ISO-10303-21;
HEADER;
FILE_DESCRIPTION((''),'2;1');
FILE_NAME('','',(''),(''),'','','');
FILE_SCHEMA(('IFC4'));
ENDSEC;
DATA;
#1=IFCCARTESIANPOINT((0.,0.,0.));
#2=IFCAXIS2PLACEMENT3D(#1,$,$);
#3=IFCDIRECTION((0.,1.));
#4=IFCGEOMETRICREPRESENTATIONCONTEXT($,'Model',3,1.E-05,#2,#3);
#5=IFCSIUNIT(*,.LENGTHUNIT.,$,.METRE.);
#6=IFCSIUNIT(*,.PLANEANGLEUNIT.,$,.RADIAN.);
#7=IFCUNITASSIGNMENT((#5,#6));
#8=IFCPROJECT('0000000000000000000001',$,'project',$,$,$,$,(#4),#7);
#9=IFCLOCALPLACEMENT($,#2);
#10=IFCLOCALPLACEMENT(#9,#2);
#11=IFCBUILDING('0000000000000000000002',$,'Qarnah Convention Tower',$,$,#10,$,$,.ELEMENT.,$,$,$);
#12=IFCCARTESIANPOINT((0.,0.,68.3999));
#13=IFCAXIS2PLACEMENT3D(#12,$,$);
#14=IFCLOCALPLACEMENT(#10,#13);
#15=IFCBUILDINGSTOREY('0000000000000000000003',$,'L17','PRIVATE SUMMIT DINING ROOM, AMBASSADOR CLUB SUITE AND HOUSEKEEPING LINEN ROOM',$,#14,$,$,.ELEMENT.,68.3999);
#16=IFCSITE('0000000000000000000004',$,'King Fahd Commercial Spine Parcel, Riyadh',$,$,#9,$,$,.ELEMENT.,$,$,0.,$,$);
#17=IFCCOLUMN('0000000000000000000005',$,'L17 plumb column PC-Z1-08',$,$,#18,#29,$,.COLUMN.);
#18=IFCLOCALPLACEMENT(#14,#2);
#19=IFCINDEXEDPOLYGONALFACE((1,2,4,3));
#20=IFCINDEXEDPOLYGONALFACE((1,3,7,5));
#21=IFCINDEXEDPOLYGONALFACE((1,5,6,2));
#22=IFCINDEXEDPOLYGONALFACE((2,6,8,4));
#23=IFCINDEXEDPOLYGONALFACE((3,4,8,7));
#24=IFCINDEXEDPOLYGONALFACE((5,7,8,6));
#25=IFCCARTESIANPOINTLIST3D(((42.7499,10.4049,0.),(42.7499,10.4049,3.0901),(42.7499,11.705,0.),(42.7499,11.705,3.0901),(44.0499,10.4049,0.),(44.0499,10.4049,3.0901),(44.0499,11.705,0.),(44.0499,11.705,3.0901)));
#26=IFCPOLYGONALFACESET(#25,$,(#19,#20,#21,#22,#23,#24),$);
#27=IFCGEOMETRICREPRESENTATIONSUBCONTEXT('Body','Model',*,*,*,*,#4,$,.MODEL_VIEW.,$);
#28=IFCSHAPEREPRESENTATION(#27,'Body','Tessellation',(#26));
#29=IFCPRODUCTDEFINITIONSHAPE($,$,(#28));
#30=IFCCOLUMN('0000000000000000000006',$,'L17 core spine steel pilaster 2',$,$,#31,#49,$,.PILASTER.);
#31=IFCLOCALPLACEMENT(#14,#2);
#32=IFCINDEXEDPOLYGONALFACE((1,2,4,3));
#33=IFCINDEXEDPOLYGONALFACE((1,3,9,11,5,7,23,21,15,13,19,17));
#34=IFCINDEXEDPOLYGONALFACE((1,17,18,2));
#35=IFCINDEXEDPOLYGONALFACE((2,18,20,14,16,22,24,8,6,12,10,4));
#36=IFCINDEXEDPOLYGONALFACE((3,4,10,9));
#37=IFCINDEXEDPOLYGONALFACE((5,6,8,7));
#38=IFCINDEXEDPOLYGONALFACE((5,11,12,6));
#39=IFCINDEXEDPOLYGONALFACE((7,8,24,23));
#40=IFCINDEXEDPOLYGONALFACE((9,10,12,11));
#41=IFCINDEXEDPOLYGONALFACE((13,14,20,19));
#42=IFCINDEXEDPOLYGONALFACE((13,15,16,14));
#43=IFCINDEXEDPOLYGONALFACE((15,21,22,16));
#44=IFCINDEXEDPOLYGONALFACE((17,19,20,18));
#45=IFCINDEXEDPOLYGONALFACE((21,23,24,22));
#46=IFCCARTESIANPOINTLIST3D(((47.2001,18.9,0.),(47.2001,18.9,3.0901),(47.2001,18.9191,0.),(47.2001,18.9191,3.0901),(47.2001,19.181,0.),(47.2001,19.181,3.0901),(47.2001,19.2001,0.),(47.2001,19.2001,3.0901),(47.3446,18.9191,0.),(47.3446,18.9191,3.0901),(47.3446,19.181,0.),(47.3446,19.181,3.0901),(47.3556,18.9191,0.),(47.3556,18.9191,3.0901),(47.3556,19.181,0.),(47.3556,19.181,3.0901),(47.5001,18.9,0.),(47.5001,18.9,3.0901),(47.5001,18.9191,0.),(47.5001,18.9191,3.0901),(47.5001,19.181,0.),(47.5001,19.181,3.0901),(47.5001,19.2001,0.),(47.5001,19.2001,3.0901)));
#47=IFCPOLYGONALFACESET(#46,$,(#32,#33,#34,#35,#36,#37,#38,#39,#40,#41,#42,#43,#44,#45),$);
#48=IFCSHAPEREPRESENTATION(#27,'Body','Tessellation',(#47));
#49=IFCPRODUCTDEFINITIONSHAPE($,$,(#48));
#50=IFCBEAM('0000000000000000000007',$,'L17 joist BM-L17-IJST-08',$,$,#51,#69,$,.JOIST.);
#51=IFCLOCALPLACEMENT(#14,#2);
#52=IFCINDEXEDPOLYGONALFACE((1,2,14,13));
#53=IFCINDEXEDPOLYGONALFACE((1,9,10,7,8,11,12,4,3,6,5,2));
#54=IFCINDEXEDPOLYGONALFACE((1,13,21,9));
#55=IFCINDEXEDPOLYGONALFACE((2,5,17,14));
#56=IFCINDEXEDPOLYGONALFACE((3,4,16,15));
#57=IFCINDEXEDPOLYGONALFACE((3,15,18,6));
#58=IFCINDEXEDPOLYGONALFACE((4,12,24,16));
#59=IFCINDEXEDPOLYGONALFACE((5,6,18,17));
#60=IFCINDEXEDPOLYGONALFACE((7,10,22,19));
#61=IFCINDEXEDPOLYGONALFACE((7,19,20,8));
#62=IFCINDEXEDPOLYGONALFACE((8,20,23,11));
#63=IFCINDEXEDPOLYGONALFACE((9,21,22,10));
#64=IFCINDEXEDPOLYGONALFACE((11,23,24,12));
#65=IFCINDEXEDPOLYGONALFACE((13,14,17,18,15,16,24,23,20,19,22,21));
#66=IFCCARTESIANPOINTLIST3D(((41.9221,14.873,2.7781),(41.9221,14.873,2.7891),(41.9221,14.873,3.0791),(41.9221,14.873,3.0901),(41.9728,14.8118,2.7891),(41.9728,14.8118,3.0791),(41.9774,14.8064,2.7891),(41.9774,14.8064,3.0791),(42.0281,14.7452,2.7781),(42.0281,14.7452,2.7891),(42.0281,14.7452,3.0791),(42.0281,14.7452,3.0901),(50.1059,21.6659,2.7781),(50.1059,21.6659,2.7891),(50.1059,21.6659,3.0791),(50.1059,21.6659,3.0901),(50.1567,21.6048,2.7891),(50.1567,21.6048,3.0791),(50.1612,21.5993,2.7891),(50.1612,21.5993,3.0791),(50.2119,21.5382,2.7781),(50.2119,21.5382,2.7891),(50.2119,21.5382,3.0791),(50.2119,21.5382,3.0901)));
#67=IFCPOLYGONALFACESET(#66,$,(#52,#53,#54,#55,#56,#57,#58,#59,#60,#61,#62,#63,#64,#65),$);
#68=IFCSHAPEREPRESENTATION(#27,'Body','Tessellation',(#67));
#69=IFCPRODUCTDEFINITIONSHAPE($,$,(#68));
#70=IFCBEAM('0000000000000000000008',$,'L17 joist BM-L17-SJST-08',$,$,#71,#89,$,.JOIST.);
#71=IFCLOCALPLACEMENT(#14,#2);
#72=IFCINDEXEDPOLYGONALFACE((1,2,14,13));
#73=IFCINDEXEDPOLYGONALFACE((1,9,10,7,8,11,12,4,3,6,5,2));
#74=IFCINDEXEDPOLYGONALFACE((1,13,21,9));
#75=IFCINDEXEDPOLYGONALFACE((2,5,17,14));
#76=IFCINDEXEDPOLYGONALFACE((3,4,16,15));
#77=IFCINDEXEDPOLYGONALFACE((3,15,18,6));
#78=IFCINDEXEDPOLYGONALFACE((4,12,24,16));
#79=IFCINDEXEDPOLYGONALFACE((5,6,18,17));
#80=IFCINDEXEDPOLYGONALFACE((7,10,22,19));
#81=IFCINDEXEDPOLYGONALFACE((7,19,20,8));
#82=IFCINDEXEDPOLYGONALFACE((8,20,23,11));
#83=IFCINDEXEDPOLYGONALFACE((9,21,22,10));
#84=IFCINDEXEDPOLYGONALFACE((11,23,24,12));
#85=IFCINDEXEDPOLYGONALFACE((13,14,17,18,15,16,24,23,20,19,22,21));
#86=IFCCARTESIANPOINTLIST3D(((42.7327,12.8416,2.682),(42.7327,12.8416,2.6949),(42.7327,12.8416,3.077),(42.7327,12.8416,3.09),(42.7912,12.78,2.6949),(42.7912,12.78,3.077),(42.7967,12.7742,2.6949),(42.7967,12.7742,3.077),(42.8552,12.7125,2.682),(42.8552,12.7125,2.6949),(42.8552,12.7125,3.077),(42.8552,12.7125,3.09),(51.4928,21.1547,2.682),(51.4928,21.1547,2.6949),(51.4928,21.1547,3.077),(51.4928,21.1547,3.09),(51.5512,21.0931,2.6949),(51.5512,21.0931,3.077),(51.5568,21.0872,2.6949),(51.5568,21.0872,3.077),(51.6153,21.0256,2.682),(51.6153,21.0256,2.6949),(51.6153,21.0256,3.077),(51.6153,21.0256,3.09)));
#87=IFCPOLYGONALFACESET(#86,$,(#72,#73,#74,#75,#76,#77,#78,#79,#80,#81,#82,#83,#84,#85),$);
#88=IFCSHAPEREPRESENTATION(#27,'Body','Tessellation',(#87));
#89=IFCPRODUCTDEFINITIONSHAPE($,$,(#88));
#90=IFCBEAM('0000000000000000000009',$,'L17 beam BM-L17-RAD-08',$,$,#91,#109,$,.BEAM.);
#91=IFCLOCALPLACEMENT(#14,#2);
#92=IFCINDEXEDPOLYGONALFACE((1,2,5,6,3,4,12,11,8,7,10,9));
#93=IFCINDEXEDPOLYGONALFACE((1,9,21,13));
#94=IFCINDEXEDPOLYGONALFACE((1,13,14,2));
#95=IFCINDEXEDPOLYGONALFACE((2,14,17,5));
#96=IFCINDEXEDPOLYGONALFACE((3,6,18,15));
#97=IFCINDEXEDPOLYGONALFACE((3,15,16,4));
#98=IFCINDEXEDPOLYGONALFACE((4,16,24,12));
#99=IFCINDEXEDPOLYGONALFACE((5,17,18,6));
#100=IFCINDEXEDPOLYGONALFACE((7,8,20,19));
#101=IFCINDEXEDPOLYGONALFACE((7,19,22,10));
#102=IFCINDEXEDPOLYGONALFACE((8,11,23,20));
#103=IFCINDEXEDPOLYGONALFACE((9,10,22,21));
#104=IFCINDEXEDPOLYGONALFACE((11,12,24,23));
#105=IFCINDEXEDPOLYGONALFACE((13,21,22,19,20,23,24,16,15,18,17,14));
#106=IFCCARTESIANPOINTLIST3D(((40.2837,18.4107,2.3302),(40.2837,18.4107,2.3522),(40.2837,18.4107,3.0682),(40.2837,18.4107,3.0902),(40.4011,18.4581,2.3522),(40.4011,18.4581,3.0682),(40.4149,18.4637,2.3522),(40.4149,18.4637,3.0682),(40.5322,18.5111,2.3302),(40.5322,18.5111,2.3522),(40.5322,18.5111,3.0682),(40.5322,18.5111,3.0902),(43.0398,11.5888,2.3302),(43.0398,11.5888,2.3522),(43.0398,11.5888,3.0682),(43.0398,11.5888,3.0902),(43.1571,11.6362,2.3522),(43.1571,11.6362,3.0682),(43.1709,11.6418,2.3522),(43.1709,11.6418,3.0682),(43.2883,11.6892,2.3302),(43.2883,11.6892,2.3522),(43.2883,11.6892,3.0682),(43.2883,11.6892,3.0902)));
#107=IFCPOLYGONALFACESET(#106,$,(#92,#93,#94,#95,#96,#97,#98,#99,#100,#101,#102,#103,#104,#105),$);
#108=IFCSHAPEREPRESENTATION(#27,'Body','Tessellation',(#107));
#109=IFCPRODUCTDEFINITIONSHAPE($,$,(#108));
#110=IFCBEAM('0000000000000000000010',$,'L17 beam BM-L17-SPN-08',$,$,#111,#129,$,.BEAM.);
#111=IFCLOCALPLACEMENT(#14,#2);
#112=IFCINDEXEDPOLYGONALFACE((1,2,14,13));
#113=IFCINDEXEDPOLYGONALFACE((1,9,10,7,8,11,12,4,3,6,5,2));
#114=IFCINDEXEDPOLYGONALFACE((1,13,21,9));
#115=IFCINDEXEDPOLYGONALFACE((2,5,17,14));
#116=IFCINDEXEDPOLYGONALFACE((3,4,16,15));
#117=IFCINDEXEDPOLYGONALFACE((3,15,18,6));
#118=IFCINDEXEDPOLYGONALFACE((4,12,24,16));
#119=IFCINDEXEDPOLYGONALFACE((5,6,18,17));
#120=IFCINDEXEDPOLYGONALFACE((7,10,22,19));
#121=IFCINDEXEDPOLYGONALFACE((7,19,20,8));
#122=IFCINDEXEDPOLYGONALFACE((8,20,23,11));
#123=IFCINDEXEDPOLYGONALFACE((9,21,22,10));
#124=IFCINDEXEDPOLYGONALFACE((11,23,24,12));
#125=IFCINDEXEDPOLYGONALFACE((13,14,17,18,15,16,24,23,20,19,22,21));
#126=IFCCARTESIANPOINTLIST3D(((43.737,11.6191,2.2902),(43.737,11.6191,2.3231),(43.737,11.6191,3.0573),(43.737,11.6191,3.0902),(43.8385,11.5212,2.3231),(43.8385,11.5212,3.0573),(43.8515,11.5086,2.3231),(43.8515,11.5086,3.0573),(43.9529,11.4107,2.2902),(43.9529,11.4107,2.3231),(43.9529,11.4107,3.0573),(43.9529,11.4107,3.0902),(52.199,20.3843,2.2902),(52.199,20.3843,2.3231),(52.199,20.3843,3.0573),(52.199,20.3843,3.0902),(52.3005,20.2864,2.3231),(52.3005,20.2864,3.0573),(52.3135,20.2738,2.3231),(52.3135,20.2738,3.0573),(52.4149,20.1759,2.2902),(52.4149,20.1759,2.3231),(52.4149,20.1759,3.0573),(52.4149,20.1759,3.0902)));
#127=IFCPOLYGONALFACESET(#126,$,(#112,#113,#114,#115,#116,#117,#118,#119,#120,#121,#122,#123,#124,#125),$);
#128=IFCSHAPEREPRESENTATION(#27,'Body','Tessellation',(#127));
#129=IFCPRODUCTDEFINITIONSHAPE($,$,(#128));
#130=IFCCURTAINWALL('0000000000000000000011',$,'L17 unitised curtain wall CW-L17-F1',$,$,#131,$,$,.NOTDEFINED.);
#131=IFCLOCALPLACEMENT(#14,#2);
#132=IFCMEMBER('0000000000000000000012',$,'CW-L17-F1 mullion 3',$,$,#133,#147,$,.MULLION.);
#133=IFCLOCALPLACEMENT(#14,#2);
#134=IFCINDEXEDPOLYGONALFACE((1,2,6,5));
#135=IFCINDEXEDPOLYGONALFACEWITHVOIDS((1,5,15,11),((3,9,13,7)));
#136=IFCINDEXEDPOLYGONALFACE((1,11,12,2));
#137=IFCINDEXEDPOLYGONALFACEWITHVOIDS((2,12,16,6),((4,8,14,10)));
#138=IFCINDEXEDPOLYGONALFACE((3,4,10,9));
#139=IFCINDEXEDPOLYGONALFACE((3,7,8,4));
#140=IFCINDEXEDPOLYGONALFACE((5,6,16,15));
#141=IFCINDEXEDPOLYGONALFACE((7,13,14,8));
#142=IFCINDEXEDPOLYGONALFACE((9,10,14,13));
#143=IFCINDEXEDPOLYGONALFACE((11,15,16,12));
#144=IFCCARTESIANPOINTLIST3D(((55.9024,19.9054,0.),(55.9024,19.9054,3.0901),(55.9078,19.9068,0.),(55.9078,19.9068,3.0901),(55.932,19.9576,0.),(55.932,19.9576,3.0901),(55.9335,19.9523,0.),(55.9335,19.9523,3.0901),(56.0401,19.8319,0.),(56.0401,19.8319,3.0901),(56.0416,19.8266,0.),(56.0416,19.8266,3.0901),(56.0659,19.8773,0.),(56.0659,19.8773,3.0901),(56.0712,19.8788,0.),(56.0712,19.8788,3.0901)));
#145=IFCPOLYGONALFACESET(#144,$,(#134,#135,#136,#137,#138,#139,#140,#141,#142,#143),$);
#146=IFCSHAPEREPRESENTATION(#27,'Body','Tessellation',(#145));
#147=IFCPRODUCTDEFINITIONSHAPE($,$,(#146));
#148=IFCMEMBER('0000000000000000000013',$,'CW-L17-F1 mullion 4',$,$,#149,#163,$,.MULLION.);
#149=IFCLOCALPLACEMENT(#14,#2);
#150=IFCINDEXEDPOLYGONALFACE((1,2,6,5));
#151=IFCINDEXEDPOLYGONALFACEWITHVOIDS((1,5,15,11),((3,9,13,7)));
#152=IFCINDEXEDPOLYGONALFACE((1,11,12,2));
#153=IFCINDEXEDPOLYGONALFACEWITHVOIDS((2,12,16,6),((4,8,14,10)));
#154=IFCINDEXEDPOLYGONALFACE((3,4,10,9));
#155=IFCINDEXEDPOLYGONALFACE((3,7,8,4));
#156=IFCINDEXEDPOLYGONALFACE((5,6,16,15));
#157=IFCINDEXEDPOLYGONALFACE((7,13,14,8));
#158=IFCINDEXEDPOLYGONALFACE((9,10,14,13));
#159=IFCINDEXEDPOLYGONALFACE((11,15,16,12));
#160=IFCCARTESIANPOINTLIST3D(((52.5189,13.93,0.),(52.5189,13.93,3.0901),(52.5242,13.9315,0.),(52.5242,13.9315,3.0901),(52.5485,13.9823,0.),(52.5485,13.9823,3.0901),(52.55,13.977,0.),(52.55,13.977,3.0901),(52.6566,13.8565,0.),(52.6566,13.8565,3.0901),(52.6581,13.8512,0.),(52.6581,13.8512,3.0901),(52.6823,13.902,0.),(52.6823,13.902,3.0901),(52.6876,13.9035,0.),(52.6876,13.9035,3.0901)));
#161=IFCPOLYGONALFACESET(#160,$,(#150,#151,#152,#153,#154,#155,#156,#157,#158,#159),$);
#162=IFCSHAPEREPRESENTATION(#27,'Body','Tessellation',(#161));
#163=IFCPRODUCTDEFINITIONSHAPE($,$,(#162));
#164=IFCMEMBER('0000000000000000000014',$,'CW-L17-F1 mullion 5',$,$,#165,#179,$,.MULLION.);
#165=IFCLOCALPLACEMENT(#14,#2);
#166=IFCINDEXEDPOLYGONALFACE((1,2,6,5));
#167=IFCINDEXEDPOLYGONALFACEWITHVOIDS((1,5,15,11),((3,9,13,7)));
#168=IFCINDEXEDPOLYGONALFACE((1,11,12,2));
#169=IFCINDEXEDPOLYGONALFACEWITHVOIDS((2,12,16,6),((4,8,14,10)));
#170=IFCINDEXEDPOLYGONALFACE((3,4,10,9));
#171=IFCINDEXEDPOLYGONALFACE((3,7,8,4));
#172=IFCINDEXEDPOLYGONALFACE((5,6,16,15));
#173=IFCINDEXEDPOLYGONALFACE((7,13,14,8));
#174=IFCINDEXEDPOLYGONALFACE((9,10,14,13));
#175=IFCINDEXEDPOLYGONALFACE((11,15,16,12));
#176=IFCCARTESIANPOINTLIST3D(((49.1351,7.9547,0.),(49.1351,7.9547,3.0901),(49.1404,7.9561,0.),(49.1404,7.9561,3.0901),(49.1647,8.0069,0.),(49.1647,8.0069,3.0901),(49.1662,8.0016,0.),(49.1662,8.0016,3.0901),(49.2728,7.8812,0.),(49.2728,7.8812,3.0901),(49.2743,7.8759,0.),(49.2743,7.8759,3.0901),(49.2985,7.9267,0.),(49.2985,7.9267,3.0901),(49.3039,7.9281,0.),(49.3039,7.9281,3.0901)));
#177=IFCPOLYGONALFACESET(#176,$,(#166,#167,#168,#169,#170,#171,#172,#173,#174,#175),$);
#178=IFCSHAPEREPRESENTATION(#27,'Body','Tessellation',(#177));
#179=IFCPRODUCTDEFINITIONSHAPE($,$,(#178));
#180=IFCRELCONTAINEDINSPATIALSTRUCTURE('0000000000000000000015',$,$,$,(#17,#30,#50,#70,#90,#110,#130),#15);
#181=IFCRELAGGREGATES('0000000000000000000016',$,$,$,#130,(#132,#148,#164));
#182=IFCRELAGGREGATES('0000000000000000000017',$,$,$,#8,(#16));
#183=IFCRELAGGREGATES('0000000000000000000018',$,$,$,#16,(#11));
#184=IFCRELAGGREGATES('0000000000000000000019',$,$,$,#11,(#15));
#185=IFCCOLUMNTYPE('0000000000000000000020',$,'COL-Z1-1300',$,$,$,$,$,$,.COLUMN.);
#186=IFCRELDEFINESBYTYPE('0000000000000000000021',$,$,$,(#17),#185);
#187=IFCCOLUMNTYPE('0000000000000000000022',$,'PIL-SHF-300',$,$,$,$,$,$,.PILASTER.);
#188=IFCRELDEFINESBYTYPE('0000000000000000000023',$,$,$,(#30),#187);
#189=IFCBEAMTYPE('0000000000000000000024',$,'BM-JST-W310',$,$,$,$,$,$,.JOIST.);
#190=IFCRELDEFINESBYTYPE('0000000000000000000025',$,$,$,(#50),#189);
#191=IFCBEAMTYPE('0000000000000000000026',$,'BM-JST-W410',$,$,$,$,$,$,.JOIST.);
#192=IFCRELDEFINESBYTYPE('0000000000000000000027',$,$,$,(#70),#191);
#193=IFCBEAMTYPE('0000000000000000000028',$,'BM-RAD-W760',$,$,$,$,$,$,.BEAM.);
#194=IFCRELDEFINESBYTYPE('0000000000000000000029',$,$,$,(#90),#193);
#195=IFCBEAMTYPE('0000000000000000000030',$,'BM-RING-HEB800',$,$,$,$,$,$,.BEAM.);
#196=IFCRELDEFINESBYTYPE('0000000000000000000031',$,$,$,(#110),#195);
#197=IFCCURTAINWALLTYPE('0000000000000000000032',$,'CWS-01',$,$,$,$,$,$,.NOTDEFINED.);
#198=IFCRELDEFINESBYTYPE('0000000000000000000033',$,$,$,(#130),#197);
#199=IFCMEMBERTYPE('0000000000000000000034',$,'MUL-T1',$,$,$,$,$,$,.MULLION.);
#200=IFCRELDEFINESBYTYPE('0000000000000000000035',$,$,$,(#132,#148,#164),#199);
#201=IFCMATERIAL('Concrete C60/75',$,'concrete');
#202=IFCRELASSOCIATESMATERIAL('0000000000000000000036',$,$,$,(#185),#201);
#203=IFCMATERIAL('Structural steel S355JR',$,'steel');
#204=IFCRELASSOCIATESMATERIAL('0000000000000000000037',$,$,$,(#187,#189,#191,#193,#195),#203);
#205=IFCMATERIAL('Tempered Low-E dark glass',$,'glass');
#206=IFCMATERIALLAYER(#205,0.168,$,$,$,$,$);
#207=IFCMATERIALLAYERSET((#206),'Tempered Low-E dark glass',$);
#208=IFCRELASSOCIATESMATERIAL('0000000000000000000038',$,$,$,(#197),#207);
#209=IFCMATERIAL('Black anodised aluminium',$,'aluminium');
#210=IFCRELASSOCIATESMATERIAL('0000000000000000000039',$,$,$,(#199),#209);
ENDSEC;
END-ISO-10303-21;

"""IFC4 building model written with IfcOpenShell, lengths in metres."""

from ifc_helpers import new_model, si_unit, direction, frame, origin, origin_2d, place, context, subcontext, project, spatial, rectangle, hollow_rectangle, i_section, extrude, material, layer, layer_set, material_profile, profile_set, type_object, element, aggregate, save


model = new_model("IFC4")

# Units and contexts
model_context = context("Model", 3, precision=1e-05, world=origin(), true_north=direction((0.0, 1.0)))
body_context = subcontext(model_context, "Body", "Model", "MODEL_VIEW")
ifc_project = project(units=[si_unit("LENGTHUNIT", "METRE"), si_unit("PLANEANGLEUNIT", "RADIAN")], contexts=[model_context])

# Site, building, storey
site_placement = place(None, origin())
site = spatial("IfcSite", under=ifc_project, at=site_placement, Name="King Fahd Commercial Spine Parcel, Riyadh", CompositionType="ELEMENT", RefElevation=0.0)
building_placement = place(site_placement, origin())
building = spatial("IfcBuilding", under=site, at=building_placement, Name="Qarnah Convention Tower", CompositionType="ELEMENT")
storey_placement = place(building_placement, frame((0.0, 0.0, 68.3999)))
storey = spatial("IfcBuildingStorey", under=building, at=storey_placement, Name="L17", Description="PRIVATE SUMMIT DINING ROOM, AMBASSADOR CLUB SUITE AND HOUSEKEEPING LINEN ROOM", CompositionType="ELEMENT", Elevation=68.3999)

# Columns
ifc_material_1 = material(Name="Concrete C60/75", Category="concrete")
ifc_material_profile_1 = material_profile(ifc_material_1, rectangle(XDim=1.3, YDim=1.3, at=origin_2d()), Name="RC-COL-1300X1300")
ifc_profile_set_1 = profile_set([ifc_material_profile_1], Name="Concrete C60/75")
column_type_1 = type_object("IfcColumnType", Name="COL-Z1-1300", PredefinedType="COLUMN", material=ifc_profile_set_1)
column_1_placement = place(storey_placement, frame((43.3999, 11.0549, 0.0), z_axis=(0.0, 0.0, 1.0), x_axis=(1.0, 0.0, 0.0)))
element("IfcColumn", 1, at=column_1_placement, inside=storey, type_object=column_type_1, Name="L17 plumb column PC-Z1-08", PredefinedType="COLUMN", context=body_context, shape_type="SweptSolid", body=[
    extrude(rectangle(XDim=1.3, YDim=1.3, at=origin_2d()), origin(), (0.0, 0.0, 1.0), 3.0901),
])
ifc_material_2 = material(Name="Structural steel S355JR", Category="steel")
ifc_material_profile_2 = material_profile(ifc_material_2, i_section(OverallWidth=0.3, OverallDepth=0.3, WebThickness=0.011, FlangeThickness=0.019, at=origin_2d()), Name="HEB300")
ifc_profile_set_2 = profile_set([ifc_material_profile_2], Name="Structural steel S355JR")
column_type_2 = type_object("IfcColumnType", Name="PIL-SHF-300", PredefinedType="PILASTER", material=ifc_profile_set_2)
column_2_placement = place(storey_placement, frame((47.3501, 19.05, 0.0), z_axis=(0.0, 0.0, 1.0), x_axis=(1.0, 0.0, 0.0)))
element("IfcColumn", 2, at=column_2_placement, inside=storey, type_object=column_type_2, Name="L17 core spine steel pilaster 2", PredefinedType="PILASTER", context=body_context, shape_type="SweptSolid", body=[
    extrude(i_section(OverallWidth=0.3, OverallDepth=0.3, WebThickness=0.011, FlangeThickness=0.019, at=origin_2d()), origin(), (0.0, 0.0, 1.0), 3.0901),
])

# Beams
ifc_material_profile_3 = material_profile(ifc_material_2, i_section(OverallWidth=0.166, OverallDepth=0.312, WebThickness=0.0071, FlangeThickness=0.011, at=origin_2d()), Name="W310X45")
ifc_profile_set_3 = profile_set([ifc_material_profile_3], Name="Structural steel S355JR")
beam_type_1 = type_object("IfcBeamType", Name="BM-JST-W310", PredefinedType="JOIST", material=ifc_profile_set_3)
beam_1_placement = place(storey_placement, frame((41.9751, 14.8091, 2.9341), z_axis=(0.769464, 0.638691, 0.0), x_axis=(-0.638691, 0.769464, 0.0)))
element("IfcBeam", 3, at=beam_1_placement, inside=storey, type_object=beam_type_1, Name="L17 joist BM-L17-IJST-08", PredefinedType="JOIST", context=body_context, shape_type="SweptSolid", body=[
    extrude(i_section(OverallWidth=0.166, OverallDepth=0.312, WebThickness=0.0071, FlangeThickness=0.011, at=origin_2d()), origin(), (0.0, 0.0, 1.0), 10.6357),
])
ifc_material_profile_4 = material_profile(ifc_material_2, i_section(OverallWidth=0.178, OverallDepth=0.408, WebThickness=0.0081, FlangeThickness=0.0129, at=origin_2d()), Name="W410X60")
ifc_profile_set_4 = profile_set([ifc_material_profile_4], Name="Structural steel S355JR")
beam_type_2 = type_object("IfcBeamType", Name="BM-JST-W410", PredefinedType="JOIST", material=ifc_profile_set_4)
beam_2_placement = place(storey_placement, frame((42.7939, 12.7771, 2.886), z_axis=(0.725372, 0.688357, 0.0), x_axis=(-0.688357, 0.725372, 0.0)))
element("IfcBeam", 4, at=beam_2_placement, inside=storey, type_object=beam_type_2, Name="L17 joist BM-L17-SJST-08", PredefinedType="JOIST", context=body_context, shape_type="SweptSolid", body=[
    extrude(i_section(OverallWidth=0.178, OverallDepth=0.408, WebThickness=0.0081, FlangeThickness=0.0129, at=origin_2d()), origin(), (0.0, 0.0, 1.0), 12.0767),
])
ifc_material_profile_5 = material_profile(ifc_material_2, i_section(OverallWidth=0.2681, OverallDepth=0.76, WebThickness=0.0149, FlangeThickness=0.022, at=origin_2d()), Name="W760X185")
ifc_profile_set_5 = profile_set([ifc_material_profile_5], Name="Structural steel S355JR")
beam_type_3 = type_object("IfcBeamType", Name="BM-RAD-W760", PredefinedType="BEAM", material=ifc_profile_set_5)
beam_3_placement = place(storey_placement, frame((40.408, 18.4609, 2.7102), z_axis=(0.374586, -0.927192, 0.0), x_axis=(0.927192, 0.374586, 0.0)))
element("IfcBeam", 5, at=beam_3_placement, inside=storey, type_object=beam_type_3, Name="L17 beam BM-L17-RAD-08", PredefinedType="BEAM", context=body_context, shape_type="SweptSolid", body=[
    extrude(i_section(OverallWidth=0.2681, OverallDepth=0.76, WebThickness=0.0149, FlangeThickness=0.022, at=origin_2d()), origin(), (0.0, 0.0, 1.0), 7.3577),
])
ifc_material_profile_6 = material_profile(ifc_material_2, i_section(OverallWidth=0.3, OverallDepth=0.8, WebThickness=0.0181, FlangeThickness=0.033, at=origin_2d()), Name="HEB800")
ifc_profile_set_6 = profile_set([ifc_material_profile_6], Name="Structural steel S355JR")
beam_type_4 = type_object("IfcBeamType", Name="BM-RING-HEB800", PredefinedType="BEAM", material=ifc_profile_set_6)
beam_4_placement = place(storey_placement, frame((43.845, 11.5149, 2.6902), z_axis=(0.694553, 0.719442, 0.0), x_axis=(-0.719442, 0.694553, 0.0)))
element("IfcBeam", 6, at=beam_4_placement, inside=storey, type_object=beam_type_4, Name="L17 beam BM-L17-SPN-08", PredefinedType="BEAM", context=body_context, shape_type="SweptSolid", body=[
    extrude(i_section(OverallWidth=0.3, OverallDepth=0.8, WebThickness=0.0181, FlangeThickness=0.033, at=origin_2d()), origin(), (0.0, 0.0, 1.0), 12.1833),
])

# Curtain wall, members
ifc_material_3 = material(Name="Tempered Low-E dark glass", Category="glass")
ifc_layer_1 = layer(ifc_material_3, 0.168)
ifc_layer_set_1 = layer_set([ifc_layer_1], Name="Tempered Low-E dark glass")
curtain_wall_type = type_object("IfcCurtainWallType", Name="CWS-01", PredefinedType="NOTDEFINED", material=ifc_layer_set_1)
curtain_wall_1_placement = place(storey_placement, origin())
curtain_wall_1 = element("IfcCurtainWall", 7, at=curtain_wall_1_placement, inside=storey, type_object=curtain_wall_type, Name="L17 unitised curtain wall CW-L17-F1", PredefinedType="NOTDEFINED")
ifc_material_4 = material(Name="Black anodised aluminium", Category="aluminium")
ifc_material_profile_7 = material_profile(ifc_material_4, hollow_rectangle(XDim=0.0601, YDim=0.1599, WallThickness=0.0039, at=origin_2d()), Name="MUL-60X160")
ifc_profile_set_7 = profile_set([ifc_material_profile_7], Name="Black anodised aluminium")
member_type_1 = type_object("IfcMemberType", Name="MUL-T1", PredefinedType="MULLION", material=ifc_profile_set_7)
member_1_placement = place(storey_placement, frame((55.9868, 19.8921, 0.0), z_axis=(0.0, 0.0, 1.0), x_axis=(-0.492741, -0.870176, 0.0)))
member_1 = element("IfcMember", 8, at=member_1_placement, type_object=member_type_1, Name="CW-L17-F1 mullion 3", PredefinedType="MULLION", context=body_context, shape_type="SweptSolid", body=[
    extrude(hollow_rectangle(XDim=0.0601, YDim=0.1599, WallThickness=0.0039, at=origin_2d()), origin(), (0.0, 0.0, 1.0), 3.0901),
])
member_2_placement = place(storey_placement, frame((52.6033, 13.9167, 0.0), z_axis=(0.0, 0.0, 1.0), x_axis=(-0.492741, -0.870176, 0.0)))
member_2 = element("IfcMember", 9, at=member_2_placement, type_object=member_type_1, Name="CW-L17-F1 mullion 4", PredefinedType="MULLION", context=body_context, shape_type="SweptSolid", body=[
    extrude(hollow_rectangle(XDim=0.0601, YDim=0.1599, WallThickness=0.0039, at=origin_2d()), origin(), (0.0, 0.0, 1.0), 3.0901),
])
member_3_placement = place(storey_placement, frame((49.2195, 7.9414, 0.0), z_axis=(0.0, 0.0, 1.0), x_axis=(-0.492741, -0.870176, 0.0)))
member_3 = element("IfcMember", 10, at=member_3_placement, type_object=member_type_1, Name="CW-L17-F1 mullion 5", PredefinedType="MULLION", context=body_context, shape_type="SweptSolid", body=[
    extrude(hollow_rectangle(XDim=0.0601, YDim=0.1599, WallThickness=0.0039, at=origin_2d()), origin(), (0.0, 0.0, 1.0), 3.0901),
])

aggregate(curtain_wall_1, [member_1, member_2, member_3])

save(model, "model.ifc")
